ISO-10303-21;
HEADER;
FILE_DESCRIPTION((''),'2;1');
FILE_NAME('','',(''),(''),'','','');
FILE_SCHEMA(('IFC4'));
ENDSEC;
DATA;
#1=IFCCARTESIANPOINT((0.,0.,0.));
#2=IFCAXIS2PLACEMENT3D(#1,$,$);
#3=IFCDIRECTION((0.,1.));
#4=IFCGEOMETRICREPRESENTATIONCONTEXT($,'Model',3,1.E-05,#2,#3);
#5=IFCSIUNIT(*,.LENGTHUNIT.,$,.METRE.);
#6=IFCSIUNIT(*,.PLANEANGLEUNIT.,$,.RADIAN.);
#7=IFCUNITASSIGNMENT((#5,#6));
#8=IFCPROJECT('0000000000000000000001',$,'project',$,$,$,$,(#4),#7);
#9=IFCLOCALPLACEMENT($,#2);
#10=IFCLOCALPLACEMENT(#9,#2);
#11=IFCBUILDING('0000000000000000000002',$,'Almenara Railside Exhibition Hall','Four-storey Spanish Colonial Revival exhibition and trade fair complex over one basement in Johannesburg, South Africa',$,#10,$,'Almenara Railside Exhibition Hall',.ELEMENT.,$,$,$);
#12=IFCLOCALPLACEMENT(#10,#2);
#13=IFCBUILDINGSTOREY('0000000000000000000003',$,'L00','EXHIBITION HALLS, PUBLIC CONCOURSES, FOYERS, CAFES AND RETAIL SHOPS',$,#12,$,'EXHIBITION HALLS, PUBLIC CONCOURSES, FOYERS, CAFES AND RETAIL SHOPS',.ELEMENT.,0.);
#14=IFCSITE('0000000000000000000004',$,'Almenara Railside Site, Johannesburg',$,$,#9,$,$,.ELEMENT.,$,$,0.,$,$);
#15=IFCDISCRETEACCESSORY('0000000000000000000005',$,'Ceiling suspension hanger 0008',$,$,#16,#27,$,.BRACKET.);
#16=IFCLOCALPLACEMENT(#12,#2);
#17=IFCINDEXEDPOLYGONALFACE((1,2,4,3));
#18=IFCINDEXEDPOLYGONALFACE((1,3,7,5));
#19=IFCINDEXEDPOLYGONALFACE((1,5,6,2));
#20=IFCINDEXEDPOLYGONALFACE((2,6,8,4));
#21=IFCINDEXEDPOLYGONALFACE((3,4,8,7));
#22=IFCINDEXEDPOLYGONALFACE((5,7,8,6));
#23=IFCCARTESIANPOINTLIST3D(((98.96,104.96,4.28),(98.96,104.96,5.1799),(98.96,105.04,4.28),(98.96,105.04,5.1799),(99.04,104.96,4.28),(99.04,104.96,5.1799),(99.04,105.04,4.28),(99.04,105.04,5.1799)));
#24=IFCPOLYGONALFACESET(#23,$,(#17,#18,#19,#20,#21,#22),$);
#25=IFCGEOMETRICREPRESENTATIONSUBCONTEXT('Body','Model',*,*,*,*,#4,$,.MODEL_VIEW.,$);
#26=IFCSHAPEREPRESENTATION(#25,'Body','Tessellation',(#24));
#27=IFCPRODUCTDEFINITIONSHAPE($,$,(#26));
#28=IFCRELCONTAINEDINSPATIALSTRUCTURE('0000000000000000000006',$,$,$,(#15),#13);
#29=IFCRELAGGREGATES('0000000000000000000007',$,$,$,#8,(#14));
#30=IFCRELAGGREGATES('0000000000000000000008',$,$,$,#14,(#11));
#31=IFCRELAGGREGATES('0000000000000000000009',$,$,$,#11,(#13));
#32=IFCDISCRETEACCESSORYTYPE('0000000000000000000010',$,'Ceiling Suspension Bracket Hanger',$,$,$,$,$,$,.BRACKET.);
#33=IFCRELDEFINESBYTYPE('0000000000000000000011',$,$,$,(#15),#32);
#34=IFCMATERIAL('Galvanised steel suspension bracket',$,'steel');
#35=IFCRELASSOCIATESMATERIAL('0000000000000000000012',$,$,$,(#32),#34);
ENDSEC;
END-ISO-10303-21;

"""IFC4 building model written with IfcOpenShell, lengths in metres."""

from ifc_helpers import new_model, si_unit, direction, frame, origin, origin_2d, place, context, subcontext, project, spatial, rectangle, extrude, material, type_object, element, save


model = new_model("IFC4")

# Units and contexts
model_context = context("Model", 3, precision=1e-05, world=origin(), true_north=direction((0.0, 1.0)))
body_context = subcontext(model_context, "Body", "Model", "MODEL_VIEW")
ifc_project = project(units=[si_unit("LENGTHUNIT", "METRE"), si_unit("PLANEANGLEUNIT", "RADIAN")], contexts=[model_context])

# Site, building, storey
site_placement = place(None, origin())
site = spatial("IfcSite", under=ifc_project, at=site_placement, Name="Almenara Railside Site, Johannesburg", CompositionType="ELEMENT", RefElevation=0.0)
building_placement = place(site_placement, origin())
building = spatial("IfcBuilding", under=site, at=building_placement, Name="Almenara Railside Exhibition Hall", Description="Four-storey Spanish Colonial Revival exhibition and trade fair complex over one basement in Johannesburg, South Africa", LongName="Almenara Railside Exhibition Hall", CompositionType="ELEMENT")
storey_placement = place(building_placement, origin())
storey = spatial("IfcBuildingStorey", under=building, at=storey_placement, Name="L00", Description="EXHIBITION HALLS, PUBLIC CONCOURSES, FOYERS, CAFES AND RETAIL SHOPS", LongName="EXHIBITION HALLS, PUBLIC CONCOURSES, FOYERS, CAFES AND RETAIL SHOPS", CompositionType="ELEMENT", Elevation=0.0)

# Discrete accessory
ifc_material_1 = material(Name="Galvanised steel suspension bracket", Category="steel")
discrete_accessory_type = type_object("IfcDiscreteAccessoryType", Name="Ceiling Suspension Bracket Hanger", PredefinedType="BRACKET", material=ifc_material_1)
for number, where, z_axis, x_axis, name in (
    (1, (99.0, 105.0, 4.28), (0.0, 0.0, 1.0), (1.0, 0.0, 0.0), "Ceiling suspension hanger 0008"),
):
    element("IfcDiscreteAccessory", number, at=place(storey_placement, frame(where, z_axis=z_axis, x_axis=x_axis)), inside=storey, type_object=discrete_accessory_type, Name=name, PredefinedType="BRACKET", context=body_context, shape_type="SweptSolid", body=[
        extrude(rectangle(XDim=0.0801, YDim=0.0801, at=origin_2d()), origin(), (0.0, 0.0, 1.0), 0.8999),
    ])

save(model, "model.ifc")
